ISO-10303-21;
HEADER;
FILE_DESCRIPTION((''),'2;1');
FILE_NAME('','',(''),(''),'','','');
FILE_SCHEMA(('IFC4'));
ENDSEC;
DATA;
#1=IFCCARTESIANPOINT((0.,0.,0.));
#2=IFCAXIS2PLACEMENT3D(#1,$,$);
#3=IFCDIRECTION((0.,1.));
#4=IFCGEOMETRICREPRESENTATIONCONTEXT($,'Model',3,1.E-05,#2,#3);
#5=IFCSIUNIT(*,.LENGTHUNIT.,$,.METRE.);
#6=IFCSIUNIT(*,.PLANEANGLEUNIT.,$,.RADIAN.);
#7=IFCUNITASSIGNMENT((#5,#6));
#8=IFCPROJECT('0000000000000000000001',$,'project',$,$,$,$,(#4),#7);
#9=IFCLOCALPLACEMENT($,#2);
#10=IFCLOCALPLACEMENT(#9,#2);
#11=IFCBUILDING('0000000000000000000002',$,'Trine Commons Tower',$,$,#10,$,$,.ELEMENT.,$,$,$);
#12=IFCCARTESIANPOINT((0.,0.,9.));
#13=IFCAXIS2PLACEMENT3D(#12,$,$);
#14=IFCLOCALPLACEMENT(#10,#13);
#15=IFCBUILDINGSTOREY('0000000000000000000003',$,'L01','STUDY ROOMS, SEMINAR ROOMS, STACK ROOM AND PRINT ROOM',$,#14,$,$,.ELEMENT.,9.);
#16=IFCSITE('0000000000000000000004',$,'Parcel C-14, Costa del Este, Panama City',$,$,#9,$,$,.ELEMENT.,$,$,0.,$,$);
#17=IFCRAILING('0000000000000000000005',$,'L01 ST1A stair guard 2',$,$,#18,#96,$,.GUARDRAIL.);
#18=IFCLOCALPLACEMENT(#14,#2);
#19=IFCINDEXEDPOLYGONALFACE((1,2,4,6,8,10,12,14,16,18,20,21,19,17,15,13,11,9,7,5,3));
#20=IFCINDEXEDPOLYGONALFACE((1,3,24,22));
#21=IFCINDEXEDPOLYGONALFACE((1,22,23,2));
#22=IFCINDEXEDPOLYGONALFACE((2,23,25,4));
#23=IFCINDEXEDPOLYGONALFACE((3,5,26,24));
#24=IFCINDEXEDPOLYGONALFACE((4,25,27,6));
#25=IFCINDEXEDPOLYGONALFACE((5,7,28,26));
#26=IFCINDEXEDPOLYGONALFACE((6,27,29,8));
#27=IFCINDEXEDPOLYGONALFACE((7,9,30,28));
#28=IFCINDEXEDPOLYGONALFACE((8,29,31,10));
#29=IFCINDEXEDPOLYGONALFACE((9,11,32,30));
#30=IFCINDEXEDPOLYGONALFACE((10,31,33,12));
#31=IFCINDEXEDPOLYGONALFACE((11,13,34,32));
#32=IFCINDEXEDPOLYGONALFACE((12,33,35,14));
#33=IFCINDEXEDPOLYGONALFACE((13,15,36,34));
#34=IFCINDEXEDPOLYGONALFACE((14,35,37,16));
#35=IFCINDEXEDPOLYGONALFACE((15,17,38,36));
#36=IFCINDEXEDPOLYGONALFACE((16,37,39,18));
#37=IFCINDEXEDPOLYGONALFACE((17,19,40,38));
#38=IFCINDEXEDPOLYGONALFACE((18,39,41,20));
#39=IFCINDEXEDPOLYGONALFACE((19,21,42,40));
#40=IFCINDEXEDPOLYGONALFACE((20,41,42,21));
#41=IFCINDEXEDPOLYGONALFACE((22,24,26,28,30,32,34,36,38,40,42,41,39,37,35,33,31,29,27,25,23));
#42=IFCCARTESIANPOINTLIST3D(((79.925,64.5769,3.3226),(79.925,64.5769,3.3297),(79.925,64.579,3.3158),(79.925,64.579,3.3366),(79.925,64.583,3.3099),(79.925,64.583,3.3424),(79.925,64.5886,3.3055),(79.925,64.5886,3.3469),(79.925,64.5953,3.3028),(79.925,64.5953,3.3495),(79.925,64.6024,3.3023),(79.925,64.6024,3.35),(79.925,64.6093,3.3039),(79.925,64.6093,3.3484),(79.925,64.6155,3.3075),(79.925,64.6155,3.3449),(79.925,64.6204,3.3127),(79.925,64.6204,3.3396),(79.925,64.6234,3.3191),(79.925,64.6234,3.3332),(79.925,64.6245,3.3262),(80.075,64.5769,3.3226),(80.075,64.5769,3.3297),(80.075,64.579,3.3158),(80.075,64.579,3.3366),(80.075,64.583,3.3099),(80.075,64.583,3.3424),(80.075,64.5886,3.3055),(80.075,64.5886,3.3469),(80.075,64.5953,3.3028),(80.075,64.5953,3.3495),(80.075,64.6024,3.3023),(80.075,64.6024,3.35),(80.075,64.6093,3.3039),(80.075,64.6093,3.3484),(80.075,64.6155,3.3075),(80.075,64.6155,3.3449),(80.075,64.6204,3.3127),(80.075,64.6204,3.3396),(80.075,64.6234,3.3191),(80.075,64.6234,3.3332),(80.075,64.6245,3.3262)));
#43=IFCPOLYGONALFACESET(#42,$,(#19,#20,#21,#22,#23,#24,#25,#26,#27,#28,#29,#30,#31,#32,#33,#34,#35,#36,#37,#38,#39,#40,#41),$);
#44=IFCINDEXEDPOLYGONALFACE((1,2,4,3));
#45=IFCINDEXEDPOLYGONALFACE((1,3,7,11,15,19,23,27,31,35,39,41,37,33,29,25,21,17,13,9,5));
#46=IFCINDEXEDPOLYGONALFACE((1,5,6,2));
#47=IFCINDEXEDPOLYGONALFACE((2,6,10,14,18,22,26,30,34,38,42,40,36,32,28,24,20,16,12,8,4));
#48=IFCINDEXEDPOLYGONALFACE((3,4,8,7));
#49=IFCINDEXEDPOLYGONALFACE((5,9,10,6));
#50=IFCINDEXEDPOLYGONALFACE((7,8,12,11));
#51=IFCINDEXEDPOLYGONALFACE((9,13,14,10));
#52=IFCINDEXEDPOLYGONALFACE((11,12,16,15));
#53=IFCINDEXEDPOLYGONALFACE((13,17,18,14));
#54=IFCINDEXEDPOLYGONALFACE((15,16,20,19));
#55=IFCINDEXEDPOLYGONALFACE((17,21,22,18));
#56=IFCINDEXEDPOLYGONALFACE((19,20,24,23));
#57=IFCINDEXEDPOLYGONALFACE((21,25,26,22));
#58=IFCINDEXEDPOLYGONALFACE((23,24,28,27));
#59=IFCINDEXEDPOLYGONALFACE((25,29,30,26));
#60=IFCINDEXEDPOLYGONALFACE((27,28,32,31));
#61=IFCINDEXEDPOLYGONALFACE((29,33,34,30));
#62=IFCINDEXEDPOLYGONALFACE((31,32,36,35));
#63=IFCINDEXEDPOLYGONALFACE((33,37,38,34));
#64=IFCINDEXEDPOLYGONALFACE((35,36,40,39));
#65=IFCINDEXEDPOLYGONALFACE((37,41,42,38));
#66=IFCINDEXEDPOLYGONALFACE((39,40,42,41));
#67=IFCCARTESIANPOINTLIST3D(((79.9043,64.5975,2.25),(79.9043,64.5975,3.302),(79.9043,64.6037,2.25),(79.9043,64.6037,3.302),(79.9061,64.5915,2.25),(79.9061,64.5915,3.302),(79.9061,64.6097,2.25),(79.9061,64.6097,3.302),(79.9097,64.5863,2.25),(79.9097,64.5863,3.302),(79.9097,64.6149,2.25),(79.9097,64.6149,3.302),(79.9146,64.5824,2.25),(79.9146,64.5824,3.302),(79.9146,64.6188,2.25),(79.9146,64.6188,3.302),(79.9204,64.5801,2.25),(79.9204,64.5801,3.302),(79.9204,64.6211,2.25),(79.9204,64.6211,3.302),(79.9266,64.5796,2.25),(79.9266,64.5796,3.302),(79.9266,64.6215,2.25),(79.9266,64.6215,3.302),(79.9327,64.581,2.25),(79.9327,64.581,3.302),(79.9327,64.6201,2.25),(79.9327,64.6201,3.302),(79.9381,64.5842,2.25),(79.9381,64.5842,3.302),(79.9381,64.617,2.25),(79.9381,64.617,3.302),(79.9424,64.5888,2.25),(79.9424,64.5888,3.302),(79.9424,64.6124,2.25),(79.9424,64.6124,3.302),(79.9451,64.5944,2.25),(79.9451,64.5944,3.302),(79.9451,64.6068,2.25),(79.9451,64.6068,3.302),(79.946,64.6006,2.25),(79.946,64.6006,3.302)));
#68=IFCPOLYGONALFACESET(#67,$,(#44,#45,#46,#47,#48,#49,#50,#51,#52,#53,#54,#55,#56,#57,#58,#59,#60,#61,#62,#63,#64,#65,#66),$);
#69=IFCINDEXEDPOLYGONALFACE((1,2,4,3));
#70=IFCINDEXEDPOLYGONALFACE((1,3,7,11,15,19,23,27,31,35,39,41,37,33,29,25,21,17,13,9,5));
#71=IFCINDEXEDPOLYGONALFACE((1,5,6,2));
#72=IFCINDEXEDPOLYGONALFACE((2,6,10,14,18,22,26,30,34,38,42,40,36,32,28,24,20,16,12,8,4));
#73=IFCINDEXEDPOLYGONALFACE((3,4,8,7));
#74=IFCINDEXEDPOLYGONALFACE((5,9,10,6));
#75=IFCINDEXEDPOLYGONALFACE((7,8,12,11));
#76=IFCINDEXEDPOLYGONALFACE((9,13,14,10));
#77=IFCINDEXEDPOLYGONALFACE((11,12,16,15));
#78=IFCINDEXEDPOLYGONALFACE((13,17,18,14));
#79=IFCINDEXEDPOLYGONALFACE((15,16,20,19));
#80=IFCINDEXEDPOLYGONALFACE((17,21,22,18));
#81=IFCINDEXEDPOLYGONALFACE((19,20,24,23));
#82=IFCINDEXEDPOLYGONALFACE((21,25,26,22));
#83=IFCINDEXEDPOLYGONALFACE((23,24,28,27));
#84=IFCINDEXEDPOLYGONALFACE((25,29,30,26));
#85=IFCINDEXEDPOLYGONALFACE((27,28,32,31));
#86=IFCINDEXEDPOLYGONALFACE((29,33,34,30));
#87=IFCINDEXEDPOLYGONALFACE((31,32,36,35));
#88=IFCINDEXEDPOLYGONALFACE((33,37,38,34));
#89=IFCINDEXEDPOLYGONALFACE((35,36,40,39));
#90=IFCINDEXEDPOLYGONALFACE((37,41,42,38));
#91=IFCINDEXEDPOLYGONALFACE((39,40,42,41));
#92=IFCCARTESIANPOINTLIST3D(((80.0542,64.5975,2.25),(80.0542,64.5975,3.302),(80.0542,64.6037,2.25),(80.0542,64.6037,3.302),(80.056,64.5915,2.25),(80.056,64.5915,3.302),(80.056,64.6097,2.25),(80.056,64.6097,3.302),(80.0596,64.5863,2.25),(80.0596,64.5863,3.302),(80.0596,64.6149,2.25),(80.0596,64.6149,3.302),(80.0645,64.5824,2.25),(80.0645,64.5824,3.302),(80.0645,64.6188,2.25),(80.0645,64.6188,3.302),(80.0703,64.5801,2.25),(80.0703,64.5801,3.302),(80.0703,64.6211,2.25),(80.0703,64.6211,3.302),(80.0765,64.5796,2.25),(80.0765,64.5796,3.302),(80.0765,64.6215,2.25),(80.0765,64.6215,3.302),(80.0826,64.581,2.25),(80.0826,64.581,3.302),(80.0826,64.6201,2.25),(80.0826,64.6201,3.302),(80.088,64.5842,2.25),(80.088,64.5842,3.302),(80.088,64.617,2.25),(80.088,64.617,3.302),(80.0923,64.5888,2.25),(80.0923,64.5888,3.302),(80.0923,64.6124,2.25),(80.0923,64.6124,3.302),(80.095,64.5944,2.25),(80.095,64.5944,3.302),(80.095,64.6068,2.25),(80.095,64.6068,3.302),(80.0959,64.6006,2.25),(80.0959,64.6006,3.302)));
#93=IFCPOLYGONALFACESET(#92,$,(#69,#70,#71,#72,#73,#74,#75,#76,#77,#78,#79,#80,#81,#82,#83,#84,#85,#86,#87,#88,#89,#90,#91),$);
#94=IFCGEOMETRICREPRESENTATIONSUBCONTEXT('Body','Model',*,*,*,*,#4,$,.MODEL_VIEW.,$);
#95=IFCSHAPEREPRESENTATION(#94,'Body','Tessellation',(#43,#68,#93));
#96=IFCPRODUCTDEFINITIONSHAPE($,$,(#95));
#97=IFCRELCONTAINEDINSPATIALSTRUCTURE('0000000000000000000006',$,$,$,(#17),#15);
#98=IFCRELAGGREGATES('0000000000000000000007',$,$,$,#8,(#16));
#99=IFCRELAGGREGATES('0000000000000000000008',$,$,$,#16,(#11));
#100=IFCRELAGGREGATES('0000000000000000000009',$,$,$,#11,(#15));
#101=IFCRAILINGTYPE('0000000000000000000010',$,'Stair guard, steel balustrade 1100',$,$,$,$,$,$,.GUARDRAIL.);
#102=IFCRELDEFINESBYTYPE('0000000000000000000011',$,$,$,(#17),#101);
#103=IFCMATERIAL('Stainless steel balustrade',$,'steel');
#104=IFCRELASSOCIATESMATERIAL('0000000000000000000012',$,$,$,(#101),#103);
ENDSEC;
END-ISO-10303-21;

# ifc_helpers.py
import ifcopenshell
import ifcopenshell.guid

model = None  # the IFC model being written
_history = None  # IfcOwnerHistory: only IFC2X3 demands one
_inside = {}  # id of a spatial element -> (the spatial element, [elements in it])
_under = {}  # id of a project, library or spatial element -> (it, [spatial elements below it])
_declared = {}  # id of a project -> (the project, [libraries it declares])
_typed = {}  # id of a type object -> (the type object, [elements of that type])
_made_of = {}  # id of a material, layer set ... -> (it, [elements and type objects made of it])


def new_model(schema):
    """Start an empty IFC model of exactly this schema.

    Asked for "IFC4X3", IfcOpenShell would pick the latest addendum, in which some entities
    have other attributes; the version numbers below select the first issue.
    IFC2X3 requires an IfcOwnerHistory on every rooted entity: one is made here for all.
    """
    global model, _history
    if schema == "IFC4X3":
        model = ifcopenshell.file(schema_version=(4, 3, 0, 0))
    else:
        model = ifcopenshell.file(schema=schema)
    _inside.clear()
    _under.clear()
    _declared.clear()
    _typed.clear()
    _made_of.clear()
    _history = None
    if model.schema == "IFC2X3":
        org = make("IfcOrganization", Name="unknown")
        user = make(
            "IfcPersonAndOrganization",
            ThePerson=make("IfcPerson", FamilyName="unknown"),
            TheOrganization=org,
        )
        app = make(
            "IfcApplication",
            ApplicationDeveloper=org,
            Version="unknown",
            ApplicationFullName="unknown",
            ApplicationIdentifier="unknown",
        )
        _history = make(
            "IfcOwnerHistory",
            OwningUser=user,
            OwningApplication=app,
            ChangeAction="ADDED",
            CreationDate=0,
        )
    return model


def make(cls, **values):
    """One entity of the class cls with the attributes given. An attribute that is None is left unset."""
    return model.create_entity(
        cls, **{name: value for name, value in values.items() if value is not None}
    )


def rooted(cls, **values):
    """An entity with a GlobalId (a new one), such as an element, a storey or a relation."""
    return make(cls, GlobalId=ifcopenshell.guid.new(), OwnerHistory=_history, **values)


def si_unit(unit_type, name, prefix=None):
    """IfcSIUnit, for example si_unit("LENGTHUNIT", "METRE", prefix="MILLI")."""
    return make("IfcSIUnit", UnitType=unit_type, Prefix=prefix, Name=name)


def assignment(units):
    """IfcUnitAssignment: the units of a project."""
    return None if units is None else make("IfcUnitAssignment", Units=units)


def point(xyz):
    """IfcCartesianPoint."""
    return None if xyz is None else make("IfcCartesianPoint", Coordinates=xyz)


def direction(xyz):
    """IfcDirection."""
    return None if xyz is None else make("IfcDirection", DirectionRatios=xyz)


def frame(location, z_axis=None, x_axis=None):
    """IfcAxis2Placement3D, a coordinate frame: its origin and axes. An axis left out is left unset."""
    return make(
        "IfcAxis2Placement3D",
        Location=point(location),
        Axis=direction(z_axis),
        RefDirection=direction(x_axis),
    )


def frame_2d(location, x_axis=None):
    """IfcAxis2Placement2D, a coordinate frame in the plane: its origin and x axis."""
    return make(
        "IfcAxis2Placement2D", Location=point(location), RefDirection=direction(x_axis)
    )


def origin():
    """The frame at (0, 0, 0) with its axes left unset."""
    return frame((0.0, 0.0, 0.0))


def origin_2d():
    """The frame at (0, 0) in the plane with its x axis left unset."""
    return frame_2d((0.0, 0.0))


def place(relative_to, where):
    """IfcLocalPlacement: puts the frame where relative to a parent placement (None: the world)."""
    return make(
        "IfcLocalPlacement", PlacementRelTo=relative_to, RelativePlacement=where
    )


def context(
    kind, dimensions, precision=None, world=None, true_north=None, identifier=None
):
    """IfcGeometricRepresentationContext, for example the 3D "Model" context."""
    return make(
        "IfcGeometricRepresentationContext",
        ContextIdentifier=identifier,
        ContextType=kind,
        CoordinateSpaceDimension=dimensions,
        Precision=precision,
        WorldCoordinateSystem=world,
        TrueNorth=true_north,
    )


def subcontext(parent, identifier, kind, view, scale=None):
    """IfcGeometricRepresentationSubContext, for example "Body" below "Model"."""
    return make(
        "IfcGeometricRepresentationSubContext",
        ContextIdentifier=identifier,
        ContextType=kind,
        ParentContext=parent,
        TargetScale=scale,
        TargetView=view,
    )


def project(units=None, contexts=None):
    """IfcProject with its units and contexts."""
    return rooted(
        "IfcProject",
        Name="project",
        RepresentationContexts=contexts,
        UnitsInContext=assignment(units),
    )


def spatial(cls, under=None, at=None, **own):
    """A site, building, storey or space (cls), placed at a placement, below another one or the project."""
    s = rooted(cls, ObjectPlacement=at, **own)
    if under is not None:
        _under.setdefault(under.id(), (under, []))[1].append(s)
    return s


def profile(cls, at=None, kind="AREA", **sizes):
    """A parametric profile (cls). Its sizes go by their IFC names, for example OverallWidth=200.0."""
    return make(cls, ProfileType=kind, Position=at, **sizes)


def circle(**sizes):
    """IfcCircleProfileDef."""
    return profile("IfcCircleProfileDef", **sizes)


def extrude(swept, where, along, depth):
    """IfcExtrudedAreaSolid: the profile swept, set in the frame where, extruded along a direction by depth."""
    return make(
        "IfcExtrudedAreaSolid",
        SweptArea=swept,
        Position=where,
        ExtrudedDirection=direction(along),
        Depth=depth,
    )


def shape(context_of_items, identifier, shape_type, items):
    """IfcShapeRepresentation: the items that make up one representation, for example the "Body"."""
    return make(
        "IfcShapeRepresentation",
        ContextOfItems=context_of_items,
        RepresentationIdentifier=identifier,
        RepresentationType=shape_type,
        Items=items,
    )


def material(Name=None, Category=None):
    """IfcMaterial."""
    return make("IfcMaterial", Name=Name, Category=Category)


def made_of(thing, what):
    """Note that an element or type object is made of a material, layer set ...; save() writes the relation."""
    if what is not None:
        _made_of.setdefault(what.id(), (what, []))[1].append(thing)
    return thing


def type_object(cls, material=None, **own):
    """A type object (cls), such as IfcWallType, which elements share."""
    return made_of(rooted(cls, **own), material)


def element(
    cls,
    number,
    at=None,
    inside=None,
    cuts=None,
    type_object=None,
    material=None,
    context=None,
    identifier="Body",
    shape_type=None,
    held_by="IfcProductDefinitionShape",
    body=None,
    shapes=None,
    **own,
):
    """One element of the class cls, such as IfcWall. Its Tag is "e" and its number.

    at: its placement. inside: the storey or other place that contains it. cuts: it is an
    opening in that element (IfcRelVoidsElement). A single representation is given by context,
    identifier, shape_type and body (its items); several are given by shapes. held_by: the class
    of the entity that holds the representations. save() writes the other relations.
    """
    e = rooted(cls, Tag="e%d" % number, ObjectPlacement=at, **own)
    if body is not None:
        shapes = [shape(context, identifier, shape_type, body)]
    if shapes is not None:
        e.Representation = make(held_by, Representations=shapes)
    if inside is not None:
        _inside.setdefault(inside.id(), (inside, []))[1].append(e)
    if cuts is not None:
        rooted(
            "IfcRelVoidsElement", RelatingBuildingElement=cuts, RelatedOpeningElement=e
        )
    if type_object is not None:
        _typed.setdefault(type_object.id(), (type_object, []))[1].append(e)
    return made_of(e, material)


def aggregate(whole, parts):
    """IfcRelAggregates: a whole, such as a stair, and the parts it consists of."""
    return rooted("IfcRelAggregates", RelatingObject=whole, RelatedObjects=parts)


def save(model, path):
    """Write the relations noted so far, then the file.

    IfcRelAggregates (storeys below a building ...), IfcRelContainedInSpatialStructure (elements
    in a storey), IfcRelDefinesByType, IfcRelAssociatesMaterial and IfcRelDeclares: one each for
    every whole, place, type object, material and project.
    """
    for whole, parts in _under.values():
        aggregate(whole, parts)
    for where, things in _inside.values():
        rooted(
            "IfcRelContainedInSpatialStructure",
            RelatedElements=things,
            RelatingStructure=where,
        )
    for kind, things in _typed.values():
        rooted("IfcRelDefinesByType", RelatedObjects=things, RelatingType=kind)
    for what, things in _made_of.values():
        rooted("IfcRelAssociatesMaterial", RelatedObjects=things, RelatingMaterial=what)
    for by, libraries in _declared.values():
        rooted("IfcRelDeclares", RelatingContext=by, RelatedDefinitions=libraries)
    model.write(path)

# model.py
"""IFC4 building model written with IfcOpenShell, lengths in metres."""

from ifc_helpers import new_model, si_unit, direction, frame, origin, origin_2d, place, context, subcontext, project, spatial, circle, extrude, material, type_object, element, save


model = new_model("IFC4")

# Units and contexts
model_context = context("Model", 3, precision=1e-05, world=origin(), true_north=direction((0.0, 1.0)))
body_context = subcontext(model_context, "Body", "Model", "MODEL_VIEW")
ifc_project = project(units=[si_unit("LENGTHUNIT", "METRE"), si_unit("PLANEANGLEUNIT", "RADIAN")], contexts=[model_context])

# Site, building, storey
site_placement = place(None, origin())
site = spatial("IfcSite", under=ifc_project, at=site_placement, Name="Parcel C-14, Costa del Este, Panama City", CompositionType="ELEMENT", RefElevation=0.0)
building_placement = place(site_placement, origin())
building = spatial("IfcBuilding", under=site, at=building_placement, Name="Trine Commons Tower", CompositionType="ELEMENT")
storey_placement = place(building_placement, frame((0.0, 0.0, 9.0)))
storey = spatial("IfcBuildingStorey", under=building, at=storey_placement, Name="L01", Description="STUDY ROOMS, SEMINAR ROOMS, STACK ROOM AND PRINT ROOM", CompositionType="ELEMENT", Elevation=9.0)

# Railing
ifc_material_1 = material(Name="Stainless steel balustrade", Category="steel")
railing_type_1 = type_object("IfcRailingType", Name="Stair guard, steel balustrade 1100", PredefinedType="GUARDRAIL", material=ifc_material_1)
railing_1_placement = place(storey_placement, frame((79.925, 64.6006, 2.25)))
element("IfcRailing", 1, at=railing_1_placement, inside=storey, type_object=railing_type_1, Name="L01 ST1A stair guard 2", PredefinedType="GUARDRAIL", context=body_context, shape_type="SweptSolid", body=[
    extrude(circle(Radius=0.0239, at=origin_2d()), frame((0.0, 0.0, 1.0762), z_axis=(1.0, 0.0, 0.0), x_axis=(0.0, 1.0, 0.0)), (0.0, 0.0, 1.0), 0.1499),
    extrude(circle(Radius=0.021, at=origin_2d()), origin(), (0.0, 0.0, 1.0), 1.052),
    extrude(circle(Radius=0.021, at=origin_2d()), frame((0.1499, 0.0, 0.0)), (0.0, 0.0, 1.0), 1.052),
])

save(model, "model.ifc")
